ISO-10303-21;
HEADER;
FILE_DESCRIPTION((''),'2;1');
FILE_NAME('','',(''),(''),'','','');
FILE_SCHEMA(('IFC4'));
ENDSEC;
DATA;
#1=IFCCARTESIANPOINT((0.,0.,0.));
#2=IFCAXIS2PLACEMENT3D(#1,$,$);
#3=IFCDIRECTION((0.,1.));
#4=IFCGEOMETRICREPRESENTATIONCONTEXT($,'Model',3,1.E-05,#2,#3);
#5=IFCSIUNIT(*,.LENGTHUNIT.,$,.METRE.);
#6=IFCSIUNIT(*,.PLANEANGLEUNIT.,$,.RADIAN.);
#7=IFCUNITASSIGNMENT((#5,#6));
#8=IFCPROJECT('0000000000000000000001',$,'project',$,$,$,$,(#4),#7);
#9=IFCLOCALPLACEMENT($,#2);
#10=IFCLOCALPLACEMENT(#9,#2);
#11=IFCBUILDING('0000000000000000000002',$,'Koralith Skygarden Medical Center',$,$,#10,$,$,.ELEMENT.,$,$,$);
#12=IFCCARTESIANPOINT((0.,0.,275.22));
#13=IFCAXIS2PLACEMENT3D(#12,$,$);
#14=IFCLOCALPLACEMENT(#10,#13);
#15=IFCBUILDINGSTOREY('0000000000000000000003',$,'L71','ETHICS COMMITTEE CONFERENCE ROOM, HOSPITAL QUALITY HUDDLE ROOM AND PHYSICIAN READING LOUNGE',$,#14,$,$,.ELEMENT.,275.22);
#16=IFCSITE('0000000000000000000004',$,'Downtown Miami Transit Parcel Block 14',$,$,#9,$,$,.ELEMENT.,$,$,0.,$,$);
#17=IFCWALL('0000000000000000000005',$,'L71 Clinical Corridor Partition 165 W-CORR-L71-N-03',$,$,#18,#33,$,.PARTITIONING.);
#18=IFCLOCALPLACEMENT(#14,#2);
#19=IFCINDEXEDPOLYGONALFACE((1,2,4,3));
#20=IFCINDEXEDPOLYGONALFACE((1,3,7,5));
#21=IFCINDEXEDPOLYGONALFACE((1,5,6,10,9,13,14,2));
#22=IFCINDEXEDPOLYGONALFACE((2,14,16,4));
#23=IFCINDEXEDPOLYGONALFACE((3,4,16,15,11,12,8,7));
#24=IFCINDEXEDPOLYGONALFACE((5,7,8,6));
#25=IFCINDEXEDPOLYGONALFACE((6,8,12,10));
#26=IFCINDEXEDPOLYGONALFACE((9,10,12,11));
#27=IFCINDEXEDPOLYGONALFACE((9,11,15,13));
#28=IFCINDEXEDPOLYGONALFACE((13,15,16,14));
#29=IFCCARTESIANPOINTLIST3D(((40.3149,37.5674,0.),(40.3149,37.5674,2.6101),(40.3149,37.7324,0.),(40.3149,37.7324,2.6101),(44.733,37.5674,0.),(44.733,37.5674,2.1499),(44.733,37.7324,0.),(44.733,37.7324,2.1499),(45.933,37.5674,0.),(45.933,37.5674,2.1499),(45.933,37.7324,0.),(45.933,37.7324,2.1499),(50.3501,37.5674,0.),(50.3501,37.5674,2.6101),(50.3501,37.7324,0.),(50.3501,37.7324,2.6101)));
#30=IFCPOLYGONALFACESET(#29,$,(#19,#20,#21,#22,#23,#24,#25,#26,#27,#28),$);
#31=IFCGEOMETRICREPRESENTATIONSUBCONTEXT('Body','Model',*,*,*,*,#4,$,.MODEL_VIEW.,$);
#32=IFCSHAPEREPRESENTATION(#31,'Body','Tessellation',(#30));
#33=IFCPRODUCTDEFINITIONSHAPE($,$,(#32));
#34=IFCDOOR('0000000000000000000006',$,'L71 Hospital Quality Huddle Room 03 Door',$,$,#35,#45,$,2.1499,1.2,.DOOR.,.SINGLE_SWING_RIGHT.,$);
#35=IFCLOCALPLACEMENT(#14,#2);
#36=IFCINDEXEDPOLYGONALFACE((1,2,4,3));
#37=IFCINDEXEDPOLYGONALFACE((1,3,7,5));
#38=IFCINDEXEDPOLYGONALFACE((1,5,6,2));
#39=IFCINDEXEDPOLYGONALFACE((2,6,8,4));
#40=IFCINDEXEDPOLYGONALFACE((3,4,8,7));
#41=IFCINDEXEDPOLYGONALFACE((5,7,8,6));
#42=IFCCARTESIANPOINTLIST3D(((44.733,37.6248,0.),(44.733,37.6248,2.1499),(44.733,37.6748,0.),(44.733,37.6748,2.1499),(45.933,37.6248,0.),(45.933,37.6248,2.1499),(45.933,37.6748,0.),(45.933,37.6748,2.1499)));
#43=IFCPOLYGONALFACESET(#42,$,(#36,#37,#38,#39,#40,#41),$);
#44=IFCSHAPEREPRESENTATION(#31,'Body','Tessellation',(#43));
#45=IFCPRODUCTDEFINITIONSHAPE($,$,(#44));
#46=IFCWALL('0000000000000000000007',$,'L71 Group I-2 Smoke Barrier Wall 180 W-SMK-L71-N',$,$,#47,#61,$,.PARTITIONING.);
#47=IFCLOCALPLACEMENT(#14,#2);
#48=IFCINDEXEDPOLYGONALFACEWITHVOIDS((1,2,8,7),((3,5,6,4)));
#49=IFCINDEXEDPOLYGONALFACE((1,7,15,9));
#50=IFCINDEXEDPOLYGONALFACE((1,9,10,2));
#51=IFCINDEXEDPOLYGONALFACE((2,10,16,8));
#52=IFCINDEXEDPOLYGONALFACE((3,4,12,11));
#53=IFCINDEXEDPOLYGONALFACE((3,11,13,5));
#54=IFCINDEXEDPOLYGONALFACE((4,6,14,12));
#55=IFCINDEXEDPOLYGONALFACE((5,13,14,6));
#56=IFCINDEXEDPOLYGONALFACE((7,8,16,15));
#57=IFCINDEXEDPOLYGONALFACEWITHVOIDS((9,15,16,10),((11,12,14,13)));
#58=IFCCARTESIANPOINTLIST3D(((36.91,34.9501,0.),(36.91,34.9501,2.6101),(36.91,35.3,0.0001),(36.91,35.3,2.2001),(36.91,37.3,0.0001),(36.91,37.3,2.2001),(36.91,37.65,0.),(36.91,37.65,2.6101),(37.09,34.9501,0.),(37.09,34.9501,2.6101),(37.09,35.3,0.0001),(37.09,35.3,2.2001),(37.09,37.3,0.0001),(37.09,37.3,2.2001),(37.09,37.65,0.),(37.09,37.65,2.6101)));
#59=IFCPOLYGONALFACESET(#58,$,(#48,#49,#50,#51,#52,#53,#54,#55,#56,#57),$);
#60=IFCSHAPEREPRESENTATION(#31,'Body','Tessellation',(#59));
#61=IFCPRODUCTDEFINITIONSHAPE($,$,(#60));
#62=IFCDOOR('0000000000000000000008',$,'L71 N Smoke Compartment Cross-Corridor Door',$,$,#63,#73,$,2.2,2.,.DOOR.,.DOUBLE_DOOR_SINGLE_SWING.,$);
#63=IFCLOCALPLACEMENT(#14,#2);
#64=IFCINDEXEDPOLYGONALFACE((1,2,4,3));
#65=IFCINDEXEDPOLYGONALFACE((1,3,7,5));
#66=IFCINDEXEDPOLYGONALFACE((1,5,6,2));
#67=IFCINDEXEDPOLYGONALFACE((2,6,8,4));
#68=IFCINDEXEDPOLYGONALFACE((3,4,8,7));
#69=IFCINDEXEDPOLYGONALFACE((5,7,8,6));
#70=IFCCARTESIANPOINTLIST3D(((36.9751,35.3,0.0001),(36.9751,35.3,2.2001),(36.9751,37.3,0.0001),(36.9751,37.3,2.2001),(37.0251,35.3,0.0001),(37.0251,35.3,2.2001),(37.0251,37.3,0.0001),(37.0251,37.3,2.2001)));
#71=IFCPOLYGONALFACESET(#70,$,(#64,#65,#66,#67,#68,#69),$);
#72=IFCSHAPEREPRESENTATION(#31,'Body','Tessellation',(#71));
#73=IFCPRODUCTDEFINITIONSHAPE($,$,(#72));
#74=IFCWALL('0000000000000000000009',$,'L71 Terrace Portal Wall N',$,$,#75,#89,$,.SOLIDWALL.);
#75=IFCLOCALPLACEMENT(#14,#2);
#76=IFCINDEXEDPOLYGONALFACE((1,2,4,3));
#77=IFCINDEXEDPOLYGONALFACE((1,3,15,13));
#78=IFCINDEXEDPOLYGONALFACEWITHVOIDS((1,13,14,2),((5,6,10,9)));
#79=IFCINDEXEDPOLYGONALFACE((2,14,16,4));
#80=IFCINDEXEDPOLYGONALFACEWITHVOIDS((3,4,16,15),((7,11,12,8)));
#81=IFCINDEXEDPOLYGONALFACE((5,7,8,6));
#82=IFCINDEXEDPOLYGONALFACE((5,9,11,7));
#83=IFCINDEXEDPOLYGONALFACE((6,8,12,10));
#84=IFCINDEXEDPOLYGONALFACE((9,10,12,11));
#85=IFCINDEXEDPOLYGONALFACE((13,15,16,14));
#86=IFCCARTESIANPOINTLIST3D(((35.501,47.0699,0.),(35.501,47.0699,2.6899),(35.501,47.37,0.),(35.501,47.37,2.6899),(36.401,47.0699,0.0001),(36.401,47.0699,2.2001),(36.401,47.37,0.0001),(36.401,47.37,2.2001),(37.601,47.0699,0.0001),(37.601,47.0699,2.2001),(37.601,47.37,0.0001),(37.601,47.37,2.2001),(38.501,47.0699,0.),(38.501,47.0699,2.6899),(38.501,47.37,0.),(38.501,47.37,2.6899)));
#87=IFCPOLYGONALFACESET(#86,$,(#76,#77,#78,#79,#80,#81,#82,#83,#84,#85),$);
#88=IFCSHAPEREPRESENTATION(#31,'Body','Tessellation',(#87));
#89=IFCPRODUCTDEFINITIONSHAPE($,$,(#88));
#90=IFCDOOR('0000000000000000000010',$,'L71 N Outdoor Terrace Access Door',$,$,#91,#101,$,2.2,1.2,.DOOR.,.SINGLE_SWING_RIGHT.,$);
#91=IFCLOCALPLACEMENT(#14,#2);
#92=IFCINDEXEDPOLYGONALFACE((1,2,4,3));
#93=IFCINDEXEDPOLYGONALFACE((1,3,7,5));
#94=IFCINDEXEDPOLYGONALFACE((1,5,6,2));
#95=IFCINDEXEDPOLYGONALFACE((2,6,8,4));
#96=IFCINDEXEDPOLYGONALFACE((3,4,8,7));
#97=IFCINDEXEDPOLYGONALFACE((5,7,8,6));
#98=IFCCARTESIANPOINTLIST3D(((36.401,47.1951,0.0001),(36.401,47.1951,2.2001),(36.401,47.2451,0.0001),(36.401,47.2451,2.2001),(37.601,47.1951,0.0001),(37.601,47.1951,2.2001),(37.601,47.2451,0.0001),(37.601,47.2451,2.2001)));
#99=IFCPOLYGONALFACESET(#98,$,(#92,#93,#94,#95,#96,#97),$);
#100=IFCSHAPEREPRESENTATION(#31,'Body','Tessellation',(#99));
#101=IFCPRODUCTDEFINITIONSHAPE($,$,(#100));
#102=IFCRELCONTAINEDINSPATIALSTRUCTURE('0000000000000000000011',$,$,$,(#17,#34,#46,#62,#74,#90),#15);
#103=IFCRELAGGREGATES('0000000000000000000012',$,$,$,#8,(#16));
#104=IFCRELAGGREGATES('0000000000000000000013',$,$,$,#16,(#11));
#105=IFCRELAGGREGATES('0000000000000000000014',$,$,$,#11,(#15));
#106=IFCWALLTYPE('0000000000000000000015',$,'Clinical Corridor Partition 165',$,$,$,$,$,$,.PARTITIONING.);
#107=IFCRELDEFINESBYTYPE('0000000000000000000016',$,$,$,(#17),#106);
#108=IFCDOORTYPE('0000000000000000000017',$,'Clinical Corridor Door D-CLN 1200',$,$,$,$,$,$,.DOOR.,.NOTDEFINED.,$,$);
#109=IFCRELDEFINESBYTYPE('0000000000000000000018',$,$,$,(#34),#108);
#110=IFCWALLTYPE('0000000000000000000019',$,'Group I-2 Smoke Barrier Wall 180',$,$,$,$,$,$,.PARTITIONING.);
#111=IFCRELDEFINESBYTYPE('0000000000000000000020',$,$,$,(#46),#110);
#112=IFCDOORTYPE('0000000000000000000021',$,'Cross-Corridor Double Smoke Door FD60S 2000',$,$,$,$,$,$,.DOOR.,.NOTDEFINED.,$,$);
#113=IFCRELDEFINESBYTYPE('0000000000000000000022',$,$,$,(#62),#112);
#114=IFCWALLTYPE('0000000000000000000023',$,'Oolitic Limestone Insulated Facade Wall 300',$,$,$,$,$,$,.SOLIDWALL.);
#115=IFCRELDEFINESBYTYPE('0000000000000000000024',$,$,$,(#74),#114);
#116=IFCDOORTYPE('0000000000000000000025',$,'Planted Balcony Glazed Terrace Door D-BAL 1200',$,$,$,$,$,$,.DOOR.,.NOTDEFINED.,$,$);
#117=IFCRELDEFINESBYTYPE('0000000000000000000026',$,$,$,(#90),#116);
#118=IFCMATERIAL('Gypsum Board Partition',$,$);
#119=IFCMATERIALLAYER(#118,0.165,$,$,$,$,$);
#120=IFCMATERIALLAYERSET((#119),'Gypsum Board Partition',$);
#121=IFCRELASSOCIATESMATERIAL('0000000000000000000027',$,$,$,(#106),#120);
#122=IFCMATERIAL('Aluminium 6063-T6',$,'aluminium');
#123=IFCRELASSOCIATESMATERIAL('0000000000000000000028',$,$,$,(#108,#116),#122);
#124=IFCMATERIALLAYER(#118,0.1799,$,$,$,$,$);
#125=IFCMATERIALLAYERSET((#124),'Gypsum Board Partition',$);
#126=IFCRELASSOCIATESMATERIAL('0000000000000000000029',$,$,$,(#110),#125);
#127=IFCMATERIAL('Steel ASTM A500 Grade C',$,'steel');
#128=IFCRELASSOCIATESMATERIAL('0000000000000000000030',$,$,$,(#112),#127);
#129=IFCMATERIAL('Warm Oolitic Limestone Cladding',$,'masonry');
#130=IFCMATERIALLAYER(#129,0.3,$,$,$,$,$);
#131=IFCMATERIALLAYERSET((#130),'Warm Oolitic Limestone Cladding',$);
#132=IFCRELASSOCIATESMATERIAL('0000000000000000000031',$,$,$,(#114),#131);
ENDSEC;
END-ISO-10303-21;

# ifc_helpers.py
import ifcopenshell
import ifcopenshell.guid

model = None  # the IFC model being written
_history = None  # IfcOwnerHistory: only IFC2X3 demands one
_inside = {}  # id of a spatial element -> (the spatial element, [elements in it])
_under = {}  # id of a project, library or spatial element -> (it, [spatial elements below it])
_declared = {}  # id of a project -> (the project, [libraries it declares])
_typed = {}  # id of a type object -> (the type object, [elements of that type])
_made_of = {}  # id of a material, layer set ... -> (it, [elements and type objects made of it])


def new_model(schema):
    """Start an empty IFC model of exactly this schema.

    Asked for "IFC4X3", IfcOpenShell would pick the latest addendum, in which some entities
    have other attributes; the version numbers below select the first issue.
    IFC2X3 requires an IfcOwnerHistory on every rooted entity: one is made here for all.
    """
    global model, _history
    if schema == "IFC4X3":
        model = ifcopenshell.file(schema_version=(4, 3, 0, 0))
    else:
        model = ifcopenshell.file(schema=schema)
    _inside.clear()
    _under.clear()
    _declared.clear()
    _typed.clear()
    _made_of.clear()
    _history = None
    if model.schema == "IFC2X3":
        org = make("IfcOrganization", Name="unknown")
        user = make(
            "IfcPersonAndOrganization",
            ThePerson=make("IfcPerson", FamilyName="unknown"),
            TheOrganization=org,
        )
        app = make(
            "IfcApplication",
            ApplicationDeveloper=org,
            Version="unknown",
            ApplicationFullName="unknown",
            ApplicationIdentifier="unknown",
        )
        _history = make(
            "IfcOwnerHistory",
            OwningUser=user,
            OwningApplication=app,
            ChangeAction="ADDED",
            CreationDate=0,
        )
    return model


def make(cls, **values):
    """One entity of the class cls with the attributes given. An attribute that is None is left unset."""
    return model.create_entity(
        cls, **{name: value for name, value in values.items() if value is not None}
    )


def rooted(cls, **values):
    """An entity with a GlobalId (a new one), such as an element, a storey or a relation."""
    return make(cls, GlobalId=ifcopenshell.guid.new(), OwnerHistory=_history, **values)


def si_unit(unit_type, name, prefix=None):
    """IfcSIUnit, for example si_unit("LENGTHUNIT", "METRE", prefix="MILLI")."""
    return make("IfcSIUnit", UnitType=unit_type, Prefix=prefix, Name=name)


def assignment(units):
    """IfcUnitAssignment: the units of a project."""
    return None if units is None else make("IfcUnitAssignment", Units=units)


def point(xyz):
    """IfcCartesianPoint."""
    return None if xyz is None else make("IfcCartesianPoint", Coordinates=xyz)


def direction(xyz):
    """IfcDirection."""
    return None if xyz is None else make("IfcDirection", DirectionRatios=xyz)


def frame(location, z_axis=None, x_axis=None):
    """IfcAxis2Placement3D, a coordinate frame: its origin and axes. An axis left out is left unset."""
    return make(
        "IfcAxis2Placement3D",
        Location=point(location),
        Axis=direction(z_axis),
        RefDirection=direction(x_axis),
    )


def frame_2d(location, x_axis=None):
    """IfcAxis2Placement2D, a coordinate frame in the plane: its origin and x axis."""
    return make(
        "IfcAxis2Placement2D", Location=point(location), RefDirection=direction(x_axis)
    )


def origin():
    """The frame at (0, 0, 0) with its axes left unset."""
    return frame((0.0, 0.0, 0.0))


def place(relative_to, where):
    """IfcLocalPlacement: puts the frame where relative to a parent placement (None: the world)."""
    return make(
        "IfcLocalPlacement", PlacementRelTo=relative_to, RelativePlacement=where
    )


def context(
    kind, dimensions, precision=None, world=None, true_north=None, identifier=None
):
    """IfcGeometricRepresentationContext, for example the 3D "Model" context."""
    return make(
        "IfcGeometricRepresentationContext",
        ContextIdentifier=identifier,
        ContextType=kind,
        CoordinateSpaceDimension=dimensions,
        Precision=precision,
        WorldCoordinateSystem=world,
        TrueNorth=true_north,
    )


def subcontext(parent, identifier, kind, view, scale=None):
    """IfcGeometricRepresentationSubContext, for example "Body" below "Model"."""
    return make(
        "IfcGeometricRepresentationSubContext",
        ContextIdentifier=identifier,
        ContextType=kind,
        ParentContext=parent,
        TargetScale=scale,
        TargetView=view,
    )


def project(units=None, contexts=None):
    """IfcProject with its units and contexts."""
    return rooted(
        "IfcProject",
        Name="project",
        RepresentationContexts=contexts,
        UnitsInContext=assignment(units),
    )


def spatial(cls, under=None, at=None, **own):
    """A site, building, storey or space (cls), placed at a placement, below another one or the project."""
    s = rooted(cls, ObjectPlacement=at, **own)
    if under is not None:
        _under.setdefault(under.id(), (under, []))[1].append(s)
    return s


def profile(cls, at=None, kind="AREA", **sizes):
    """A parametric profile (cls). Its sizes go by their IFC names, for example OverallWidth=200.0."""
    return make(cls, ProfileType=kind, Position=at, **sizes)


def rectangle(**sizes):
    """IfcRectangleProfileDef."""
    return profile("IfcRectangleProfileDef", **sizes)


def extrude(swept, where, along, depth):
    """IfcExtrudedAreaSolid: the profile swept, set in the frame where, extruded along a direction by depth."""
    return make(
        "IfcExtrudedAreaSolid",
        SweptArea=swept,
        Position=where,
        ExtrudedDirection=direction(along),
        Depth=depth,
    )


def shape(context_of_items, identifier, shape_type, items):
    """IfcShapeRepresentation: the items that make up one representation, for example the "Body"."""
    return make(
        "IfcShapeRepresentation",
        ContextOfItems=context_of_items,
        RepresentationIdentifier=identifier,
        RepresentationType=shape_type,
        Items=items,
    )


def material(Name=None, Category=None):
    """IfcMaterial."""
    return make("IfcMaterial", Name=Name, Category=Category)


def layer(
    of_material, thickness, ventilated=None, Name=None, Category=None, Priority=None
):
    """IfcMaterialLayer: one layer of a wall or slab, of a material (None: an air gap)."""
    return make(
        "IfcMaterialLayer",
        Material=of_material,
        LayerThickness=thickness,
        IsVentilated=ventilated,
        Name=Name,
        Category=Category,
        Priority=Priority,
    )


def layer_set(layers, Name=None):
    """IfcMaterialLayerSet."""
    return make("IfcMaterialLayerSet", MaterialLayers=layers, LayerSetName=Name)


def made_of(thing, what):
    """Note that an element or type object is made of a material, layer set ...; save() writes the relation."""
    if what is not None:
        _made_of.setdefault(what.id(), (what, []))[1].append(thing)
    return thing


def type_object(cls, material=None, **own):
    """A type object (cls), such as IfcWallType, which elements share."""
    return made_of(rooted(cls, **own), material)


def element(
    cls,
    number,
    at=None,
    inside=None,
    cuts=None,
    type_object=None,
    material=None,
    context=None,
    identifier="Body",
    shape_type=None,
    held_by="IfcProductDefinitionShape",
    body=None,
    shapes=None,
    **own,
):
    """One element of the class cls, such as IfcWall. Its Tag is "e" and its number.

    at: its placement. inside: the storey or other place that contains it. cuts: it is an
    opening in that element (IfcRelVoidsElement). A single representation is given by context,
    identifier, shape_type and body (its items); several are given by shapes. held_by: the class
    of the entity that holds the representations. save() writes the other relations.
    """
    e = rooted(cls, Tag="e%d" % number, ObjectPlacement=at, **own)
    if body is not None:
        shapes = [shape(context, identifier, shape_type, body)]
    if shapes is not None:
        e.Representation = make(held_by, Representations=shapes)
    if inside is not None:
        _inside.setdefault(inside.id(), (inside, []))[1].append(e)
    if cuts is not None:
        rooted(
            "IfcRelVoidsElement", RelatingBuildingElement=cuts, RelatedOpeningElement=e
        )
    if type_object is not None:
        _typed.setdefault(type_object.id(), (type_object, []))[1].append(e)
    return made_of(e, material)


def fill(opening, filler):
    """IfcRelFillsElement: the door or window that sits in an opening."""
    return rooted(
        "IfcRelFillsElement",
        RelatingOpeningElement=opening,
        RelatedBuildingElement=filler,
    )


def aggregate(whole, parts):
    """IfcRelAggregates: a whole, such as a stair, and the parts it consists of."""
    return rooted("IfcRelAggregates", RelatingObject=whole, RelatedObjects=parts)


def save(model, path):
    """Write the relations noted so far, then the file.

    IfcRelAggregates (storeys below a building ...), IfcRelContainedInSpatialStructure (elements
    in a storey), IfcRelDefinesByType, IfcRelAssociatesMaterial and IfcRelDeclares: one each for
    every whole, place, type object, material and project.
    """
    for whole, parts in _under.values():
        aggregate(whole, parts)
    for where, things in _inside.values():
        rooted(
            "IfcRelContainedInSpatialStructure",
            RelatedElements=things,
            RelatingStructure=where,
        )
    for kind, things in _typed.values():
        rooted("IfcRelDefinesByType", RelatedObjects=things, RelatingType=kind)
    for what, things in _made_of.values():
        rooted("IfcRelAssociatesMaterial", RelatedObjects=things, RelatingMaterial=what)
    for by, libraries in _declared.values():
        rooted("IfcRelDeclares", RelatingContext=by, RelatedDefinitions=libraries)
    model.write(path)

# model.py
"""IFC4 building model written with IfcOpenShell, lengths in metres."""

from ifc_helpers import new_model, si_unit, direction, frame, frame_2d, origin, place, context, subcontext, project, spatial, rectangle, extrude, material, layer, layer_set, type_object, element, fill, save


model = new_model("IFC4")

# Units and contexts
model_context = context("Model", 3, precision=1e-05, world=origin(), true_north=direction((0.0, 1.0)))
body_context = subcontext(model_context, "Body", "Model", "MODEL_VIEW")
ifc_project = project(units=[si_unit("LENGTHUNIT", "METRE"), si_unit("PLANEANGLEUNIT", "RADIAN")], contexts=[model_context])

# Site, building, storey
site_placement = place(None, origin())
site = spatial("IfcSite", under=ifc_project, at=site_placement, Name="Downtown Miami Transit Parcel Block 14", CompositionType="ELEMENT", RefElevation=0.0)
building_placement = place(site_placement, origin())
building = spatial("IfcBuilding", under=site, at=building_placement, Name="Koralith Skygarden Medical Center", CompositionType="ELEMENT")
storey_placement = place(building_placement, frame((0.0, 0.0, 275.22)))
storey = spatial("IfcBuildingStorey", under=building, at=storey_placement, Name="L71", Description="ETHICS COMMITTEE CONFERENCE ROOM, HOSPITAL QUALITY HUDDLE ROOM AND PHYSICIAN READING LOUNGE", CompositionType="ELEMENT", Elevation=275.22)

# Shared definitions
ifc_material_1 = material(Name="Aluminium 6063-T6", Category="aluminium")

# Shared definitions
ifc_material_2 = material(Name="Gypsum Board Partition")

# Walls, openings, doors
ifc_layer_1 = layer(ifc_material_2, 0.165)
ifc_layer_set_1 = layer_set([ifc_layer_1], Name="Gypsum Board Partition")
wall_type_1 = type_object("IfcWallType", Name="Clinical Corridor Partition 165", PredefinedType="PARTITIONING", material=ifc_layer_set_1)
wall_1_placement = place(storey_placement, frame((40.3149, 37.6499, 0.0), z_axis=(0.0, 0.0, 1.0), x_axis=(1.0, 0.0, 0.0)))
wall_1 = element("IfcWall", 1, at=wall_1_placement, inside=storey, type_object=wall_type_1, Name="L71 Clinical Corridor Partition 165 W-CORR-L71-N-03", PredefinedType="PARTITIONING", context=body_context, shape_type="SweptSolid", body=[
    extrude(rectangle(XDim=10.0352, YDim=0.165, at=frame_2d((5.0176, 0.0))), origin(), (0.0, 0.0, 1.0), 2.6101),
])
opening_1_placement = place(wall_1_placement, frame((4.418, 0.0, 0.0)))
opening_1 = element("IfcOpeningElement", 2, at=opening_1_placement, cuts=wall_1, PredefinedType="OPENING", context=body_context, shape_type="SweptSolid", body=[
    extrude(rectangle(XDim=1.2, YDim=2.1499, at=frame_2d((0.6001, 1.075))), frame((0.0, 0.0925, 0.0), z_axis=(0.0, -1.0, 0.0), x_axis=(1.0, 0.0, 0.0)), (0.0, 0.0, 1.0), 0.1851),
])
door_type_1 = type_object("IfcDoorType", Name="Clinical Corridor Door D-CLN 1200", OperationType="NOTDEFINED", PredefinedType="DOOR", material=ifc_material_1)
door_1_placement = place(opening_1_placement, origin())
door_1 = element("IfcDoor", 3, at=door_1_placement, inside=storey, type_object=door_type_1, Name="L71 Hospital Quality Huddle Room 03 Door", OperationType="SINGLE_SWING_RIGHT", OverallHeight=2.1499, OverallWidth=1.2, PredefinedType="DOOR", context=body_context, shape_type="SweptSolid", body=[
    extrude(rectangle(XDim=1.2, YDim=2.1499, at=frame_2d((0.6001, 1.075))), frame((0.0, 0.0249, 0.0), z_axis=(0.0, -1.0, 0.0), x_axis=(1.0, 0.0, 0.0)), (0.0, 0.0, 1.0), 0.05),
])
fill(opening_1, door_1)
ifc_layer_2 = layer(ifc_material_2, 0.1799)
ifc_layer_set_2 = layer_set([ifc_layer_2], Name="Gypsum Board Partition")
wall_type_2 = type_object("IfcWallType", Name="Group I-2 Smoke Barrier Wall 180", PredefinedType="PARTITIONING", material=ifc_layer_set_2)
wall_2_placement = place(storey_placement, frame((37.0, 34.95, 0.0), z_axis=(0.0, 0.0, 1.0), x_axis=(0.0, 1.0, 0.0)))
wall_2 = element("IfcWall", 4, at=wall_2_placement, inside=storey, type_object=wall_type_2, Name="L71 Group I-2 Smoke Barrier Wall 180 W-SMK-L71-N", PredefinedType="PARTITIONING", context=body_context, shape_type="SweptSolid", body=[
    extrude(rectangle(XDim=2.7, YDim=0.1799, at=frame_2d((1.3501, 0.0))), origin(), (0.0, 0.0, 1.0), 2.6101),
])
opening_2_placement = place(wall_2_placement, frame((0.3501, 0.0, 0.0)))
opening_2 = element("IfcOpeningElement", 5, at=opening_2_placement, cuts=wall_2, PredefinedType="OPENING", context=body_context, shape_type="SweptSolid", body=[
    extrude(rectangle(XDim=2.0, YDim=2.2, at=frame_2d((1.0, 1.1001))), frame((0.0, 0.0999, 0.0), z_axis=(0.0, -1.0, 0.0), x_axis=(1.0, 0.0, 0.0)), (0.0, 0.0, 1.0), 0.2),
])
ifc_material_3 = material(Name="Steel ASTM A500 Grade C", Category="steel")
door_type_2 = type_object("IfcDoorType", Name="Cross-Corridor Double Smoke Door FD60S 2000", OperationType="NOTDEFINED", PredefinedType="DOOR", material=ifc_material_3)
door_2_placement = place(opening_2_placement, origin())
door_2 = element("IfcDoor", 6, at=door_2_placement, inside=storey, type_object=door_type_2, Name="L71 N Smoke Compartment Cross-Corridor Door", OperationType="DOUBLE_DOOR_SINGLE_SWING", OverallHeight=2.2, OverallWidth=2.0, PredefinedType="DOOR", context=body_context, shape_type="SweptSolid", body=[
    extrude(rectangle(XDim=2.0, YDim=2.2, at=frame_2d((1.0, 1.1001))), frame((0.0, 0.0249, 0.0), z_axis=(0.0, -1.0, 0.0), x_axis=(1.0, 0.0, 0.0)), (0.0, 0.0, 1.0), 0.05),
])
fill(opening_2, door_2)
ifc_material_4 = material(Name="Warm Oolitic Limestone Cladding", Category="masonry")
ifc_layer_3 = layer(ifc_material_4, 0.3)
ifc_layer_set_3 = layer_set([ifc_layer_3], Name="Warm Oolitic Limestone Cladding")
wall_type_3 = type_object("IfcWallType", Name="Oolitic Limestone Insulated Facade Wall 300", PredefinedType="SOLIDWALL", material=ifc_layer_set_3)
wall_3_placement = place(storey_placement, frame((38.501, 47.22, 0.0), z_axis=(0.0, 0.0, 1.0), x_axis=(-1.0, 0.0, 0.0)))
wall_3 = element("IfcWall", 7, at=wall_3_placement, inside=storey, type_object=wall_type_3, Name="L71 Terrace Portal Wall N", PredefinedType="SOLIDWALL", context=body_context, shape_type="SweptSolid", body=[
    extrude(rectangle(XDim=3.0, YDim=0.3, at=frame_2d((1.5, 0.0))), origin(), (0.0, 0.0, 1.0), 2.6899),
])
opening_3_placement = place(wall_3_placement, frame((0.8999, 0.0, 0.0)))
opening_3 = element("IfcOpeningElement", 8, at=opening_3_placement, cuts=wall_3, PredefinedType="OPENING", context=body_context, shape_type="SweptSolid", body=[
    extrude(rectangle(XDim=1.2, YDim=2.2, at=frame_2d((0.6001, 1.1001))), frame((0.0, 0.1599, 0.0), z_axis=(0.0, -1.0, 0.0), x_axis=(1.0, 0.0, 0.0)), (0.0, 0.0, 1.0), 0.3201),
])
door_type_3 = type_object("IfcDoorType", Name="Planted Balcony Glazed Terrace Door D-BAL 1200", OperationType="NOTDEFINED", PredefinedType="DOOR", material=ifc_material_1)
door_3_placement = place(opening_3_placement, origin())
door_3 = element("IfcDoor", 9, at=door_3_placement, inside=storey, type_object=door_type_3, Name="L71 N Outdoor Terrace Access Door", OperationType="SINGLE_SWING_RIGHT", OverallHeight=2.2, OverallWidth=1.2, PredefinedType="DOOR", context=body_context, shape_type="SweptSolid", body=[
    extrude(rectangle(XDim=1.2, YDim=2.2, at=frame_2d((0.6001, 1.1001))), frame((0.0, 0.0249, 0.0), z_axis=(0.0, -1.0, 0.0), x_axis=(1.0, 0.0, 0.0)), (0.0, 0.0, 1.0), 0.05),
])
fill(opening_3, door_3)

save(model, "model.ifc")
